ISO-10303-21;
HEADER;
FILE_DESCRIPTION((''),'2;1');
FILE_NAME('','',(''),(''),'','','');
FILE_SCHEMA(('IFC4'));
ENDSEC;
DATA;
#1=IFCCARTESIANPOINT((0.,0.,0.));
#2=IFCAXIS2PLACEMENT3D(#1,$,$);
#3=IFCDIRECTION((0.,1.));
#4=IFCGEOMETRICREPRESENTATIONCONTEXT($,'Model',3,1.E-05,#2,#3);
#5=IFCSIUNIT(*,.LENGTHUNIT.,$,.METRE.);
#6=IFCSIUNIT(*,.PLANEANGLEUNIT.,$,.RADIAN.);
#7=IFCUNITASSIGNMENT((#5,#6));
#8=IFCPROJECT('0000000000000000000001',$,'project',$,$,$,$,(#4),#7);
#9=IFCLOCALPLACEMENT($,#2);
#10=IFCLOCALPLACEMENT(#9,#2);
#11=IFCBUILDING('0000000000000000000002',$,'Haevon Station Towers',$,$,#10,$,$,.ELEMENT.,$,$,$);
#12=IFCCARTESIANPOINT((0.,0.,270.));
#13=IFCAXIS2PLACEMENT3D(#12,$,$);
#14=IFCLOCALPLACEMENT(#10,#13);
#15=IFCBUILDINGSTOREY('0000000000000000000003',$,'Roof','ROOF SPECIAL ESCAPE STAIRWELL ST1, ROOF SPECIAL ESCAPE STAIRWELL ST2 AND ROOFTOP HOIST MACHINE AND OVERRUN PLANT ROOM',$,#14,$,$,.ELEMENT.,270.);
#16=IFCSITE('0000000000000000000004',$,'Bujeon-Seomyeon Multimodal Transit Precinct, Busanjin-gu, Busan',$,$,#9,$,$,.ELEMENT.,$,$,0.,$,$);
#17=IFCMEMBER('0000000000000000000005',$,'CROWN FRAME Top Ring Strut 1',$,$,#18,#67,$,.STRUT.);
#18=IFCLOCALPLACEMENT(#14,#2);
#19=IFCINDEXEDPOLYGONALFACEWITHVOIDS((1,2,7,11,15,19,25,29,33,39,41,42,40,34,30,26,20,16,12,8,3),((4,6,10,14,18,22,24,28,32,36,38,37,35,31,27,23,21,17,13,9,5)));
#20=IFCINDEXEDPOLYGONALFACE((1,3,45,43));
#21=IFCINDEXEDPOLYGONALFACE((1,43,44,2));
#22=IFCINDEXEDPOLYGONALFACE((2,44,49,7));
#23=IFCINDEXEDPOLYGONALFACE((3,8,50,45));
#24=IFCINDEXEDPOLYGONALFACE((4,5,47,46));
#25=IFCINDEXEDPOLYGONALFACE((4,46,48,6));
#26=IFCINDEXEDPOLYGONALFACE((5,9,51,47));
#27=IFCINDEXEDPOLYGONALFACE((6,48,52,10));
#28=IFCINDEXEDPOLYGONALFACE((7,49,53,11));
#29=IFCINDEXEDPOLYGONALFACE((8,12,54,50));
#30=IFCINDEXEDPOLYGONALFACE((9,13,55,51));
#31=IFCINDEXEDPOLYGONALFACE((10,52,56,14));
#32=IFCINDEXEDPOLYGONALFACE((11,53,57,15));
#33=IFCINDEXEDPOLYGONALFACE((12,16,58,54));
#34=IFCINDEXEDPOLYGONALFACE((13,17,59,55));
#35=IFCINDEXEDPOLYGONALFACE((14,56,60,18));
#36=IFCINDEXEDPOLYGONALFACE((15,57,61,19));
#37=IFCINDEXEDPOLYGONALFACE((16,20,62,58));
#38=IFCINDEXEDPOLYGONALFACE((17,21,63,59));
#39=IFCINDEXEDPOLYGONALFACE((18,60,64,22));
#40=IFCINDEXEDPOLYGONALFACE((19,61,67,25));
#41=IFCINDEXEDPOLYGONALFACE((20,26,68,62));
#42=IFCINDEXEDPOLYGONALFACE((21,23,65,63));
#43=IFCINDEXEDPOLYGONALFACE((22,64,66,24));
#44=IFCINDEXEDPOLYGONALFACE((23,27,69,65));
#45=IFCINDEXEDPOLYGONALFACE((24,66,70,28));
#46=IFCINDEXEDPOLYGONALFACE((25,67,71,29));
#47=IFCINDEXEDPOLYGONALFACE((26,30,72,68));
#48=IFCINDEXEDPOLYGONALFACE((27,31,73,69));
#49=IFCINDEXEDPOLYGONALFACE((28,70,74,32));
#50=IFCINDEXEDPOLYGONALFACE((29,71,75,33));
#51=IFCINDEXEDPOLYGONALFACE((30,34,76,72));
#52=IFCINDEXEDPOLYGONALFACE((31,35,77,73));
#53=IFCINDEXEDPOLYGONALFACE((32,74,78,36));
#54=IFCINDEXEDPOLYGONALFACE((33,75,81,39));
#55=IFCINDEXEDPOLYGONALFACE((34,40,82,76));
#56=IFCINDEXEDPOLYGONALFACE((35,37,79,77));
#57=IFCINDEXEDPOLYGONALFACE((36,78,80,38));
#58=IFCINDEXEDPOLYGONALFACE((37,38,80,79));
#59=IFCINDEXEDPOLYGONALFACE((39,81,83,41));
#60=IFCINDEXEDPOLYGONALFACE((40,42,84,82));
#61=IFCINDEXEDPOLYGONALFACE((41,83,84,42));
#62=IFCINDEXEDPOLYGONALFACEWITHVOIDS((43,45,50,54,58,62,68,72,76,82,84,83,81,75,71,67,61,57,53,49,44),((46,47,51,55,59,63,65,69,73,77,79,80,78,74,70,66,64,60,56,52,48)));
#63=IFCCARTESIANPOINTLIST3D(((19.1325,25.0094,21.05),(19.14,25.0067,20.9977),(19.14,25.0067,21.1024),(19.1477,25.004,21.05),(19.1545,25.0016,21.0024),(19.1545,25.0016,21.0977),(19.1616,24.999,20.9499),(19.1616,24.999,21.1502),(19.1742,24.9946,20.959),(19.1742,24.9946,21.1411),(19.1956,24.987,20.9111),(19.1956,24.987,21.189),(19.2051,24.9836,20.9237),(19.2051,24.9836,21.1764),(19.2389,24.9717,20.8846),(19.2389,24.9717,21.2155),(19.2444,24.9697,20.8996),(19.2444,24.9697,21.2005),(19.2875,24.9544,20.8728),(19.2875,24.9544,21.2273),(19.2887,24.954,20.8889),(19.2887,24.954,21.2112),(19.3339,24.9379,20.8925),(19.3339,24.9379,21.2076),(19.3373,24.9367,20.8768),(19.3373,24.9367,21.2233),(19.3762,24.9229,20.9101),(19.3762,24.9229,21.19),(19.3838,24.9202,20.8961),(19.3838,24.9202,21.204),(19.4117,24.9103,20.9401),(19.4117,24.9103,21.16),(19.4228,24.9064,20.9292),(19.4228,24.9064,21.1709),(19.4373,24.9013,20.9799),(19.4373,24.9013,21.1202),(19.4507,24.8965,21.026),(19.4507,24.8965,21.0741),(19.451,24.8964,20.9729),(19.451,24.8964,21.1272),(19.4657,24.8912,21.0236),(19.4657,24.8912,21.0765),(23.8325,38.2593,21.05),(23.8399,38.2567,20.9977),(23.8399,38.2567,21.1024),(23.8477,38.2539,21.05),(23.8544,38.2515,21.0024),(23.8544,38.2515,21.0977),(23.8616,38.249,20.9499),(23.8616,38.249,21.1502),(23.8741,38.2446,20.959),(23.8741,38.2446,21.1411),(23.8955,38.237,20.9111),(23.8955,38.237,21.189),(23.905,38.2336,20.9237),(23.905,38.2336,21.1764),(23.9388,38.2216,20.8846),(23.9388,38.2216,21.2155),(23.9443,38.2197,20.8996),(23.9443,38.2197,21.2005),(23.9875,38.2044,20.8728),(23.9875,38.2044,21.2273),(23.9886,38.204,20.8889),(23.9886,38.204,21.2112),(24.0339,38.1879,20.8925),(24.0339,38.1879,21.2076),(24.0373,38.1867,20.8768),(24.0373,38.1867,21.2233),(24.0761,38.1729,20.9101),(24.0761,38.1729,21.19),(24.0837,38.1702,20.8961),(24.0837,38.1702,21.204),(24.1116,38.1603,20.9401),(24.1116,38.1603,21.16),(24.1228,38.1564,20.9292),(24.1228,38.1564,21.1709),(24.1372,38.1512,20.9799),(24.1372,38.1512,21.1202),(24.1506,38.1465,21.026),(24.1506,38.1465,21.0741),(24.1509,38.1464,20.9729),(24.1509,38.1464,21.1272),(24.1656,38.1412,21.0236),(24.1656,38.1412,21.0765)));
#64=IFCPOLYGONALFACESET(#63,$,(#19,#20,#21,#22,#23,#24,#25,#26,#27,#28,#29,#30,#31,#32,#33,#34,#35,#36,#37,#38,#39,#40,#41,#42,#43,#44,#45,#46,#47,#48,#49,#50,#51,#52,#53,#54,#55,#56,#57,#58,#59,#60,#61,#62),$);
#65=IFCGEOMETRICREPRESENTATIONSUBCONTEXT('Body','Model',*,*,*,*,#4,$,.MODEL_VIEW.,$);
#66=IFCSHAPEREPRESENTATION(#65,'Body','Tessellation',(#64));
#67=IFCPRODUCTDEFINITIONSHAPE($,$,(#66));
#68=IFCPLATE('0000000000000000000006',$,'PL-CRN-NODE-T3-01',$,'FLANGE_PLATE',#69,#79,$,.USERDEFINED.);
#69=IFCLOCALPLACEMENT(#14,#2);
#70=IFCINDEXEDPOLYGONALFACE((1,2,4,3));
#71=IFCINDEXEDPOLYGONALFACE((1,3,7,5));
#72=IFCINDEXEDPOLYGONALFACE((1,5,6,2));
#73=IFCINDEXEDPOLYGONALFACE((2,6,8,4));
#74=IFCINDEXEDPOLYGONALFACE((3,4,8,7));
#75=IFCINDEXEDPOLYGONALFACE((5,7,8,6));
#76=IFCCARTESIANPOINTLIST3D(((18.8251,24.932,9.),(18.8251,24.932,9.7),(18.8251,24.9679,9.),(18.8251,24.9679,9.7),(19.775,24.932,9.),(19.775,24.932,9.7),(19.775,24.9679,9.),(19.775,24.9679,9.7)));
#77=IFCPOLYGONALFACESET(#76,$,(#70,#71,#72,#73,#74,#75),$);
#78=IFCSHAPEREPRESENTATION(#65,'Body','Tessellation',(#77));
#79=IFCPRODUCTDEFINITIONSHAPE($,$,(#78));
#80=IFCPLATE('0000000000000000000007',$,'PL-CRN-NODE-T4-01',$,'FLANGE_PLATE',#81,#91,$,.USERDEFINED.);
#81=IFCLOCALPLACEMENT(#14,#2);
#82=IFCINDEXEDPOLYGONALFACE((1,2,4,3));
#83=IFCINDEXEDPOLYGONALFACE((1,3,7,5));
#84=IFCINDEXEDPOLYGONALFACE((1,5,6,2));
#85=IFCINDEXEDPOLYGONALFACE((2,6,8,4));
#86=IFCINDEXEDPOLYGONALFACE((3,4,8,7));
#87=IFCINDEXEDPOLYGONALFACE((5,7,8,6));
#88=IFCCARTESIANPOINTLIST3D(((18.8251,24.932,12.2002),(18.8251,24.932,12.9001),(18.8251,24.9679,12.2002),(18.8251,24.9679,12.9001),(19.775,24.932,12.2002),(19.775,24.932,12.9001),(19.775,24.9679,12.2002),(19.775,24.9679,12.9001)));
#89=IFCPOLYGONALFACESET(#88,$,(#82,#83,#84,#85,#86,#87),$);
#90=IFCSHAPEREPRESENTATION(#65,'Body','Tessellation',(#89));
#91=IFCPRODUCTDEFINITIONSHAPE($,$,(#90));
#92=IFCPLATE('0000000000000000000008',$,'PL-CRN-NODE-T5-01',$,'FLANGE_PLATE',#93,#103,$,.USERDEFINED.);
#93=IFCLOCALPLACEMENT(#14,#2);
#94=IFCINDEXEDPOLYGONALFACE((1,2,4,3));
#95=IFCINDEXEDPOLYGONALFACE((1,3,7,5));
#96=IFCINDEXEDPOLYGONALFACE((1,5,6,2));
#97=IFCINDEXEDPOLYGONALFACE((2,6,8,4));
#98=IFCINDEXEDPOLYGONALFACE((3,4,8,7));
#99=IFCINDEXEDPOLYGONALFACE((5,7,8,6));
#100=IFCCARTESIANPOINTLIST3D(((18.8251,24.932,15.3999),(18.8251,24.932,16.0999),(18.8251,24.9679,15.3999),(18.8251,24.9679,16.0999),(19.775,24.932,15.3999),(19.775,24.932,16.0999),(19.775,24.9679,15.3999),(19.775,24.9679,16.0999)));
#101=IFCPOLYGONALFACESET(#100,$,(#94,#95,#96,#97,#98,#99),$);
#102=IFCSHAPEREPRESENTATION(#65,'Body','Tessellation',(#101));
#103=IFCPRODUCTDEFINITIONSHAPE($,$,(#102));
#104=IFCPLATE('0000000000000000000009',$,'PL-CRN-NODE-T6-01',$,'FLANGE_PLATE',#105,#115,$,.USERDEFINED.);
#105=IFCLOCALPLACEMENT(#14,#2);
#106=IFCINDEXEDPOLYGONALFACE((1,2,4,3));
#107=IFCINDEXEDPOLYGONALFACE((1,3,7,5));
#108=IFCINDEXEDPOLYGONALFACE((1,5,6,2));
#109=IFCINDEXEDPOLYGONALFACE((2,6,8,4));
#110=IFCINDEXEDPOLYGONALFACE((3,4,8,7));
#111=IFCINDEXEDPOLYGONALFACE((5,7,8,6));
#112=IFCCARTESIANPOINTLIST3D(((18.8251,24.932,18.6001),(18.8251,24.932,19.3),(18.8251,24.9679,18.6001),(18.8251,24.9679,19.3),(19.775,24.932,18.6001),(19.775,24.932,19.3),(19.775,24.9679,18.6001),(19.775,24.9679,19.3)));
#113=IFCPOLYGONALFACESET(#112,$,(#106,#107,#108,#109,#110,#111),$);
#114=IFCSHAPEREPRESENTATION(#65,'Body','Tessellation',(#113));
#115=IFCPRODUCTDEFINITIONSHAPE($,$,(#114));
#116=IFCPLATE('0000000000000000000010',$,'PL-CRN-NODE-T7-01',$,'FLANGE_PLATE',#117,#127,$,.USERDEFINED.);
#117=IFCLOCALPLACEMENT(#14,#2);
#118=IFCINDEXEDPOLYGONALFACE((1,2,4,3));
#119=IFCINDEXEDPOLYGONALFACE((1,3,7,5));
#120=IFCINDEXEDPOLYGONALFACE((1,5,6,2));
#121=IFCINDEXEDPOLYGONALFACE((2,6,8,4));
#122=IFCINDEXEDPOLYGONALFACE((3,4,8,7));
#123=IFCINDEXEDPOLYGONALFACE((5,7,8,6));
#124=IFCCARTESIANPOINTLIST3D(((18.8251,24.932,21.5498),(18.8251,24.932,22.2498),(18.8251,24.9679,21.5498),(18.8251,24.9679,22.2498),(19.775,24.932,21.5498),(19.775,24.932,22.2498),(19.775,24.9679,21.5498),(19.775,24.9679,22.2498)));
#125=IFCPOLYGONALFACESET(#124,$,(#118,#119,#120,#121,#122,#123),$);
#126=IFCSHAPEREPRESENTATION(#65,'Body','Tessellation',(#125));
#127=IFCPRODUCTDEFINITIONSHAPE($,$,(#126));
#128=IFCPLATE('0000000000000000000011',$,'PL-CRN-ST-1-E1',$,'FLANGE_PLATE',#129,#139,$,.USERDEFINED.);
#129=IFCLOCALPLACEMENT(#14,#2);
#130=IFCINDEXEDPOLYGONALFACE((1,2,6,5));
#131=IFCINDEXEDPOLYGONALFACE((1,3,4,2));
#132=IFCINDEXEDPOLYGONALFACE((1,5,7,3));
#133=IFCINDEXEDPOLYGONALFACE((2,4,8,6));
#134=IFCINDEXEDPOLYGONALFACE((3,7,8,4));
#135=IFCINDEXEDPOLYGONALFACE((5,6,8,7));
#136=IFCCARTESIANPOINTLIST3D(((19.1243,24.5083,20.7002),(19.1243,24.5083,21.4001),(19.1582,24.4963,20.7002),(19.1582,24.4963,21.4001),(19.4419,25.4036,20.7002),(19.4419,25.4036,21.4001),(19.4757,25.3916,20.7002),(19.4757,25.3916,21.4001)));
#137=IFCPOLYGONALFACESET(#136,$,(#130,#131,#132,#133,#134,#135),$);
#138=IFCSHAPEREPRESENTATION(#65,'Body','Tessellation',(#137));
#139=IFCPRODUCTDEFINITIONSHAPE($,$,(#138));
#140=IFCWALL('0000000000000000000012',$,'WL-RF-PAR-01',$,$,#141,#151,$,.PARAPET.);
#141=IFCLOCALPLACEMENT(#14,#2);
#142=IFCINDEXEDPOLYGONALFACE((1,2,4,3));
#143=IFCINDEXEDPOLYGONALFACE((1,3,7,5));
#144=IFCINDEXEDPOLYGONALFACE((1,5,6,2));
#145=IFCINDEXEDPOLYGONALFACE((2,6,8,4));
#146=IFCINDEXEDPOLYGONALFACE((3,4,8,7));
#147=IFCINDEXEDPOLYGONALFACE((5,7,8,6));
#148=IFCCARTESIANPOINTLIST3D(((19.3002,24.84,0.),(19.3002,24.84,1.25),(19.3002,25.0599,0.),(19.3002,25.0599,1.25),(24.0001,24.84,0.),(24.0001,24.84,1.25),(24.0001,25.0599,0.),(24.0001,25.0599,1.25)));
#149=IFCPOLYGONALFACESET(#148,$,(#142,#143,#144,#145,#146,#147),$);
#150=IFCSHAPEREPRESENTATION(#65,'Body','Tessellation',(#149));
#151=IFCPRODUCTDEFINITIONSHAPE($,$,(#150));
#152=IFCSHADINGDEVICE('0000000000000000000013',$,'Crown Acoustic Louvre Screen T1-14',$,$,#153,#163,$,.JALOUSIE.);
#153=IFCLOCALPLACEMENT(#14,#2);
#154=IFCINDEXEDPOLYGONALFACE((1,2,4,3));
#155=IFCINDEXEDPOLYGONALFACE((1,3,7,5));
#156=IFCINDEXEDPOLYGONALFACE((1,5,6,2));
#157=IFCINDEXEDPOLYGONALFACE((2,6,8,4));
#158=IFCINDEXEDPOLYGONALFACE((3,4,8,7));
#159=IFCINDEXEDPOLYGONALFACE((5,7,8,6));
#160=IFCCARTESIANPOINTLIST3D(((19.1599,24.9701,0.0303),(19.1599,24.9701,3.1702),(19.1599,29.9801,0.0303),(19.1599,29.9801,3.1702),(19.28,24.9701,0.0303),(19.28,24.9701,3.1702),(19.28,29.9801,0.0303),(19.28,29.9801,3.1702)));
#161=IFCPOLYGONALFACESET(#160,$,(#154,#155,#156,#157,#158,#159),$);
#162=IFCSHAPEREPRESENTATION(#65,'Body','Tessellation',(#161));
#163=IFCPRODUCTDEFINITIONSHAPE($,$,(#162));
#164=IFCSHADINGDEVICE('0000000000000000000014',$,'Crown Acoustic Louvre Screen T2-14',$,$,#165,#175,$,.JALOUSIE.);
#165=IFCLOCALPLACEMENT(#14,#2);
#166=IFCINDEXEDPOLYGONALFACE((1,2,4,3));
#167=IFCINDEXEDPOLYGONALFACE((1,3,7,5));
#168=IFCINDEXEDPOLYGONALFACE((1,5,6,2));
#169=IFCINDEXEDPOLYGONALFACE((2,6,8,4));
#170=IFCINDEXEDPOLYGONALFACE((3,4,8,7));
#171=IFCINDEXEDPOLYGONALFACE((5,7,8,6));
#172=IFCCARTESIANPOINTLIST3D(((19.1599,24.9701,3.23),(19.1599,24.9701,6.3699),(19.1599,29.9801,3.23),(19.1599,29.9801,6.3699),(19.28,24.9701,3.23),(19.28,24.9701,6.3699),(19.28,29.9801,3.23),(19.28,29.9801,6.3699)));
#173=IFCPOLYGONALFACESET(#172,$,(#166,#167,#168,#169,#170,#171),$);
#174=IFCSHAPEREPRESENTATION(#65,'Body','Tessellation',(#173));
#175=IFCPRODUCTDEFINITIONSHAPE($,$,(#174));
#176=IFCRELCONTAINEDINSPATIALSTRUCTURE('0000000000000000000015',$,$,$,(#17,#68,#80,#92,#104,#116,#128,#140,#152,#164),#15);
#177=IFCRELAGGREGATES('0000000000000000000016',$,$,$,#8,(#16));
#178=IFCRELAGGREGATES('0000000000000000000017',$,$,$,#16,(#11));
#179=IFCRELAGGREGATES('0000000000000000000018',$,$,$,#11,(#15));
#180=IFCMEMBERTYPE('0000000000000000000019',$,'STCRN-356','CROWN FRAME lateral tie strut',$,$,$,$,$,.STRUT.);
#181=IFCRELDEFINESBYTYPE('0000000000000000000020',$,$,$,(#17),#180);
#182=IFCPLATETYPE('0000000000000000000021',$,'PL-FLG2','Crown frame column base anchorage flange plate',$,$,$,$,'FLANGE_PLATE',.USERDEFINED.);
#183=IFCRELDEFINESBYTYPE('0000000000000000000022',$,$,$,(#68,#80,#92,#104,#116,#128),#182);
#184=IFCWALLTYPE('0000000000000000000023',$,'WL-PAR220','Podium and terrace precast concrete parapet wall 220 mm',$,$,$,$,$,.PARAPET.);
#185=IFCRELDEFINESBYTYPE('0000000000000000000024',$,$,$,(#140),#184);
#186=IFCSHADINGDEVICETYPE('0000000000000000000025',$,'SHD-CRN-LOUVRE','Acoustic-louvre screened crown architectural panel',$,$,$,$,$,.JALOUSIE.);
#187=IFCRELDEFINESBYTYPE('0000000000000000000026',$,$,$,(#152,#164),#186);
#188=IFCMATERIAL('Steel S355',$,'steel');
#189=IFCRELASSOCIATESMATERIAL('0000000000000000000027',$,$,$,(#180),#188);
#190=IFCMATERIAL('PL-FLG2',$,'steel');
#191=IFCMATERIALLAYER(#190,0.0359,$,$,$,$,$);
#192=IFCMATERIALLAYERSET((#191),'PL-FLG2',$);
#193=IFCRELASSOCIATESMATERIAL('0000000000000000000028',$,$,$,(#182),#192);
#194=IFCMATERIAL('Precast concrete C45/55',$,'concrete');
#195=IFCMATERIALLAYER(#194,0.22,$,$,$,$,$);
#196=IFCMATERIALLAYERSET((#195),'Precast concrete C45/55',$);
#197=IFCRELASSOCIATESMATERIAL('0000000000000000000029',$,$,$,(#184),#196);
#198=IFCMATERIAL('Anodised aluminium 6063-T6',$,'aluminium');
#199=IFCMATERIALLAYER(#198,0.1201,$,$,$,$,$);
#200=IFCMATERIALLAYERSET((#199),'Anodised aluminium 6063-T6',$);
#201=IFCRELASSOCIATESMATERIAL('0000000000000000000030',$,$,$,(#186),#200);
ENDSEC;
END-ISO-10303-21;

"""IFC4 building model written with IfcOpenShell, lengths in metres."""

from ifc_helpers import new_model, si_unit, direction, frame, frame_2d, origin, origin_2d, place, context, subcontext, project, spatial, rectangle, hollow_circle, extrude, material, layer, layer_set, material_profile, profile_set, type_object, element, save


model = new_model("IFC4")

# Units and contexts
model_context = context("Model", 3, precision=1e-05, world=origin(), true_north=direction((0.0, 1.0)))
body_context = subcontext(model_context, "Body", "Model", "MODEL_VIEW")
ifc_project = project(units=[si_unit("LENGTHUNIT", "METRE"), si_unit("PLANEANGLEUNIT", "RADIAN")], contexts=[model_context])

# Site, building, storey
site_placement = place(None, origin())
site = spatial("IfcSite", under=ifc_project, at=site_placement, Name="Bujeon-Seomyeon Multimodal Transit Precinct, Busanjin-gu, Busan", CompositionType="ELEMENT", RefElevation=0.0)
building_placement = place(site_placement, origin())
building = spatial("IfcBuilding", under=site, at=building_placement, Name="Haevon Station Towers", CompositionType="ELEMENT")
storey_placement = place(building_placement, frame((0.0, 0.0, 270.0)))
storey = spatial("IfcBuildingStorey", under=building, at=storey_placement, Name="Roof", Description="ROOF SPECIAL ESCAPE STAIRWELL ST1, ROOF SPECIAL ESCAPE STAIRWELL ST2 AND ROOFTOP HOIST MACHINE AND OVERRUN PLANT ROOM", CompositionType="ELEMENT", Elevation=270.0)

# Shared definitions
ifc_material_1 = material(Name="Steel S355", Category="steel")

# Member
ifc_material_profile_1 = material_profile(ifc_material_1, hollow_circle(Radius=0.1777, WallThickness=0.0161, at=origin_2d()), Name="CHS-355.6x16")
ifc_profile_set_1 = profile_set([ifc_material_profile_1], Name="Steel S355")
member_type_1 = type_object("IfcMemberType", Name="STCRN-356", Description="CROWN FRAME lateral tie strut", PredefinedType="STRUT", material=ifc_profile_set_1)
member_placement = place(storey_placement, frame((19.3, 24.95, 21.05), z_axis=(0.334305, 0.942465, 0.0), x_axis=(-0.942465, 0.334305, 0.0)))
element("IfcMember", 1, at=member_placement, inside=storey, type_object=member_type_1, Name="CROWN FRAME Top Ring Strut 1", PredefinedType="STRUT", context=body_context, shape_type="SweptSolid", body=[
    extrude(hollow_circle(Radius=0.1777, WallThickness=0.0161, at=origin_2d()), origin(), (0.0, 0.0, 1.0), 14.0588),
])

# Plates
ifc_material_2 = material(Name="PL-FLG2", Category="steel")
ifc_layer_1 = layer(ifc_material_2, 0.0359)
ifc_layer_set_1 = layer_set([ifc_layer_1], Name="PL-FLG2")
plate_type = type_object("IfcPlateType", Name="PL-FLG2", Description="Crown frame column base anchorage flange plate", ElementType="FLANGE_PLATE", PredefinedType="USERDEFINED", material=ifc_layer_set_1)
for number, where, z_axis, x_axis, name in (
    (2, (19.3, 24.95, 9.0), (0.0, 0.0, 1.0), (1.0, 0.0, 0.0), "PL-CRN-NODE-T3-01"),
    (3, (19.3, 24.95, 12.2002), (0.0, 0.0, 1.0), (1.0, 0.0, 0.0), "PL-CRN-NODE-T4-01"),
    (4, (19.3, 24.95, 15.3999), (0.0, 0.0, 1.0), (1.0, 0.0, 0.0), "PL-CRN-NODE-T5-01"),
    (5, (19.3, 24.95, 18.6001), (0.0, 0.0, 1.0), (1.0, 0.0, 0.0), "PL-CRN-NODE-T6-01"),
    (6, (19.3, 24.95, 21.5498), (0.0, 0.0, 1.0), (1.0, 0.0, 0.0), "PL-CRN-NODE-T7-01"),
    (7, (19.3, 24.95, 20.7002), (0.0, 0.0, 1.0), (0.334309, 0.942464, 0.0), "PL-CRN-ST-1-E1"),
):
    element("IfcPlate", number, at=place(storey_placement, frame(where, z_axis=z_axis, x_axis=x_axis)), inside=storey, type_object=plate_type, Name=name, ObjectType="FLANGE_PLATE", PredefinedType="USERDEFINED", context=body_context, shape_type="SweptSolid", body=[
        extrude(rectangle(XDim=0.95, YDim=0.0359, at=origin_2d()), origin(), (0.0, 0.0, 1.0), 0.7),
    ])

# Wall
ifc_material_3 = material(Name="Precast concrete C45/55", Category="concrete")
ifc_layer_2 = layer(ifc_material_3, 0.22)
ifc_layer_set_2 = layer_set([ifc_layer_2], Name="Precast concrete C45/55")
wall_type = type_object("IfcWallType", Name="WL-PAR220", Description="Podium and terrace precast concrete parapet wall 220 mm", PredefinedType="PARAPET", material=ifc_layer_set_2)
wall_placement = place(storey_placement, frame((19.3, 24.95, 0.0), z_axis=(0.0, 0.0, 1.0), x_axis=(1.0, 0.0, 0.0)))
element("IfcWall", 8, at=wall_placement, inside=storey, type_object=wall_type, Name="WL-RF-PAR-01", PredefinedType="PARAPET", context=body_context, shape_type="SweptSolid", body=[
    extrude(rectangle(XDim=4.7, YDim=0.22, at=frame_2d((2.3501, 0.0))), origin(), (0.0, 0.0, 1.0), 1.25),
])

# Shading devices
ifc_material_4 = material(Name="Anodised aluminium 6063-T6", Category="aluminium")
ifc_layer_3 = layer(ifc_material_4, 0.1201)
ifc_layer_set_3 = layer_set([ifc_layer_3], Name="Anodised aluminium 6063-T6")
shading_device_type = type_object("IfcShadingDeviceType", Name="SHD-CRN-LOUVRE", Description="Acoustic-louvre screened crown architectural panel", PredefinedType="JALOUSIE", material=ifc_layer_set_3)
for number, where, z_axis, x_axis, name in (
    (9, (19.22, 27.4751, 0.0303), (0.0, 0.0, 1.0), (0.0, -1.0, 0.0), "Crown Acoustic Louvre Screen T1-14"),
    (10, (19.22, 27.4751, 3.23), (0.0, 0.0, 1.0), (0.0, -1.0, 0.0), "Crown Acoustic Louvre Screen T2-14"),
):
    element("IfcShadingDevice", number, at=place(storey_placement, frame(where, z_axis=z_axis, x_axis=x_axis)), inside=storey, type_object=shading_device_type, Name=name, PredefinedType="JALOUSIE", context=body_context, shape_type="SweptSolid", body=[
        extrude(rectangle(XDim=5.01, YDim=0.1201, at=origin_2d()), origin(), (0.0, 0.0, 1.0), 3.1399),
    ])

save(model, "model.ifc")
